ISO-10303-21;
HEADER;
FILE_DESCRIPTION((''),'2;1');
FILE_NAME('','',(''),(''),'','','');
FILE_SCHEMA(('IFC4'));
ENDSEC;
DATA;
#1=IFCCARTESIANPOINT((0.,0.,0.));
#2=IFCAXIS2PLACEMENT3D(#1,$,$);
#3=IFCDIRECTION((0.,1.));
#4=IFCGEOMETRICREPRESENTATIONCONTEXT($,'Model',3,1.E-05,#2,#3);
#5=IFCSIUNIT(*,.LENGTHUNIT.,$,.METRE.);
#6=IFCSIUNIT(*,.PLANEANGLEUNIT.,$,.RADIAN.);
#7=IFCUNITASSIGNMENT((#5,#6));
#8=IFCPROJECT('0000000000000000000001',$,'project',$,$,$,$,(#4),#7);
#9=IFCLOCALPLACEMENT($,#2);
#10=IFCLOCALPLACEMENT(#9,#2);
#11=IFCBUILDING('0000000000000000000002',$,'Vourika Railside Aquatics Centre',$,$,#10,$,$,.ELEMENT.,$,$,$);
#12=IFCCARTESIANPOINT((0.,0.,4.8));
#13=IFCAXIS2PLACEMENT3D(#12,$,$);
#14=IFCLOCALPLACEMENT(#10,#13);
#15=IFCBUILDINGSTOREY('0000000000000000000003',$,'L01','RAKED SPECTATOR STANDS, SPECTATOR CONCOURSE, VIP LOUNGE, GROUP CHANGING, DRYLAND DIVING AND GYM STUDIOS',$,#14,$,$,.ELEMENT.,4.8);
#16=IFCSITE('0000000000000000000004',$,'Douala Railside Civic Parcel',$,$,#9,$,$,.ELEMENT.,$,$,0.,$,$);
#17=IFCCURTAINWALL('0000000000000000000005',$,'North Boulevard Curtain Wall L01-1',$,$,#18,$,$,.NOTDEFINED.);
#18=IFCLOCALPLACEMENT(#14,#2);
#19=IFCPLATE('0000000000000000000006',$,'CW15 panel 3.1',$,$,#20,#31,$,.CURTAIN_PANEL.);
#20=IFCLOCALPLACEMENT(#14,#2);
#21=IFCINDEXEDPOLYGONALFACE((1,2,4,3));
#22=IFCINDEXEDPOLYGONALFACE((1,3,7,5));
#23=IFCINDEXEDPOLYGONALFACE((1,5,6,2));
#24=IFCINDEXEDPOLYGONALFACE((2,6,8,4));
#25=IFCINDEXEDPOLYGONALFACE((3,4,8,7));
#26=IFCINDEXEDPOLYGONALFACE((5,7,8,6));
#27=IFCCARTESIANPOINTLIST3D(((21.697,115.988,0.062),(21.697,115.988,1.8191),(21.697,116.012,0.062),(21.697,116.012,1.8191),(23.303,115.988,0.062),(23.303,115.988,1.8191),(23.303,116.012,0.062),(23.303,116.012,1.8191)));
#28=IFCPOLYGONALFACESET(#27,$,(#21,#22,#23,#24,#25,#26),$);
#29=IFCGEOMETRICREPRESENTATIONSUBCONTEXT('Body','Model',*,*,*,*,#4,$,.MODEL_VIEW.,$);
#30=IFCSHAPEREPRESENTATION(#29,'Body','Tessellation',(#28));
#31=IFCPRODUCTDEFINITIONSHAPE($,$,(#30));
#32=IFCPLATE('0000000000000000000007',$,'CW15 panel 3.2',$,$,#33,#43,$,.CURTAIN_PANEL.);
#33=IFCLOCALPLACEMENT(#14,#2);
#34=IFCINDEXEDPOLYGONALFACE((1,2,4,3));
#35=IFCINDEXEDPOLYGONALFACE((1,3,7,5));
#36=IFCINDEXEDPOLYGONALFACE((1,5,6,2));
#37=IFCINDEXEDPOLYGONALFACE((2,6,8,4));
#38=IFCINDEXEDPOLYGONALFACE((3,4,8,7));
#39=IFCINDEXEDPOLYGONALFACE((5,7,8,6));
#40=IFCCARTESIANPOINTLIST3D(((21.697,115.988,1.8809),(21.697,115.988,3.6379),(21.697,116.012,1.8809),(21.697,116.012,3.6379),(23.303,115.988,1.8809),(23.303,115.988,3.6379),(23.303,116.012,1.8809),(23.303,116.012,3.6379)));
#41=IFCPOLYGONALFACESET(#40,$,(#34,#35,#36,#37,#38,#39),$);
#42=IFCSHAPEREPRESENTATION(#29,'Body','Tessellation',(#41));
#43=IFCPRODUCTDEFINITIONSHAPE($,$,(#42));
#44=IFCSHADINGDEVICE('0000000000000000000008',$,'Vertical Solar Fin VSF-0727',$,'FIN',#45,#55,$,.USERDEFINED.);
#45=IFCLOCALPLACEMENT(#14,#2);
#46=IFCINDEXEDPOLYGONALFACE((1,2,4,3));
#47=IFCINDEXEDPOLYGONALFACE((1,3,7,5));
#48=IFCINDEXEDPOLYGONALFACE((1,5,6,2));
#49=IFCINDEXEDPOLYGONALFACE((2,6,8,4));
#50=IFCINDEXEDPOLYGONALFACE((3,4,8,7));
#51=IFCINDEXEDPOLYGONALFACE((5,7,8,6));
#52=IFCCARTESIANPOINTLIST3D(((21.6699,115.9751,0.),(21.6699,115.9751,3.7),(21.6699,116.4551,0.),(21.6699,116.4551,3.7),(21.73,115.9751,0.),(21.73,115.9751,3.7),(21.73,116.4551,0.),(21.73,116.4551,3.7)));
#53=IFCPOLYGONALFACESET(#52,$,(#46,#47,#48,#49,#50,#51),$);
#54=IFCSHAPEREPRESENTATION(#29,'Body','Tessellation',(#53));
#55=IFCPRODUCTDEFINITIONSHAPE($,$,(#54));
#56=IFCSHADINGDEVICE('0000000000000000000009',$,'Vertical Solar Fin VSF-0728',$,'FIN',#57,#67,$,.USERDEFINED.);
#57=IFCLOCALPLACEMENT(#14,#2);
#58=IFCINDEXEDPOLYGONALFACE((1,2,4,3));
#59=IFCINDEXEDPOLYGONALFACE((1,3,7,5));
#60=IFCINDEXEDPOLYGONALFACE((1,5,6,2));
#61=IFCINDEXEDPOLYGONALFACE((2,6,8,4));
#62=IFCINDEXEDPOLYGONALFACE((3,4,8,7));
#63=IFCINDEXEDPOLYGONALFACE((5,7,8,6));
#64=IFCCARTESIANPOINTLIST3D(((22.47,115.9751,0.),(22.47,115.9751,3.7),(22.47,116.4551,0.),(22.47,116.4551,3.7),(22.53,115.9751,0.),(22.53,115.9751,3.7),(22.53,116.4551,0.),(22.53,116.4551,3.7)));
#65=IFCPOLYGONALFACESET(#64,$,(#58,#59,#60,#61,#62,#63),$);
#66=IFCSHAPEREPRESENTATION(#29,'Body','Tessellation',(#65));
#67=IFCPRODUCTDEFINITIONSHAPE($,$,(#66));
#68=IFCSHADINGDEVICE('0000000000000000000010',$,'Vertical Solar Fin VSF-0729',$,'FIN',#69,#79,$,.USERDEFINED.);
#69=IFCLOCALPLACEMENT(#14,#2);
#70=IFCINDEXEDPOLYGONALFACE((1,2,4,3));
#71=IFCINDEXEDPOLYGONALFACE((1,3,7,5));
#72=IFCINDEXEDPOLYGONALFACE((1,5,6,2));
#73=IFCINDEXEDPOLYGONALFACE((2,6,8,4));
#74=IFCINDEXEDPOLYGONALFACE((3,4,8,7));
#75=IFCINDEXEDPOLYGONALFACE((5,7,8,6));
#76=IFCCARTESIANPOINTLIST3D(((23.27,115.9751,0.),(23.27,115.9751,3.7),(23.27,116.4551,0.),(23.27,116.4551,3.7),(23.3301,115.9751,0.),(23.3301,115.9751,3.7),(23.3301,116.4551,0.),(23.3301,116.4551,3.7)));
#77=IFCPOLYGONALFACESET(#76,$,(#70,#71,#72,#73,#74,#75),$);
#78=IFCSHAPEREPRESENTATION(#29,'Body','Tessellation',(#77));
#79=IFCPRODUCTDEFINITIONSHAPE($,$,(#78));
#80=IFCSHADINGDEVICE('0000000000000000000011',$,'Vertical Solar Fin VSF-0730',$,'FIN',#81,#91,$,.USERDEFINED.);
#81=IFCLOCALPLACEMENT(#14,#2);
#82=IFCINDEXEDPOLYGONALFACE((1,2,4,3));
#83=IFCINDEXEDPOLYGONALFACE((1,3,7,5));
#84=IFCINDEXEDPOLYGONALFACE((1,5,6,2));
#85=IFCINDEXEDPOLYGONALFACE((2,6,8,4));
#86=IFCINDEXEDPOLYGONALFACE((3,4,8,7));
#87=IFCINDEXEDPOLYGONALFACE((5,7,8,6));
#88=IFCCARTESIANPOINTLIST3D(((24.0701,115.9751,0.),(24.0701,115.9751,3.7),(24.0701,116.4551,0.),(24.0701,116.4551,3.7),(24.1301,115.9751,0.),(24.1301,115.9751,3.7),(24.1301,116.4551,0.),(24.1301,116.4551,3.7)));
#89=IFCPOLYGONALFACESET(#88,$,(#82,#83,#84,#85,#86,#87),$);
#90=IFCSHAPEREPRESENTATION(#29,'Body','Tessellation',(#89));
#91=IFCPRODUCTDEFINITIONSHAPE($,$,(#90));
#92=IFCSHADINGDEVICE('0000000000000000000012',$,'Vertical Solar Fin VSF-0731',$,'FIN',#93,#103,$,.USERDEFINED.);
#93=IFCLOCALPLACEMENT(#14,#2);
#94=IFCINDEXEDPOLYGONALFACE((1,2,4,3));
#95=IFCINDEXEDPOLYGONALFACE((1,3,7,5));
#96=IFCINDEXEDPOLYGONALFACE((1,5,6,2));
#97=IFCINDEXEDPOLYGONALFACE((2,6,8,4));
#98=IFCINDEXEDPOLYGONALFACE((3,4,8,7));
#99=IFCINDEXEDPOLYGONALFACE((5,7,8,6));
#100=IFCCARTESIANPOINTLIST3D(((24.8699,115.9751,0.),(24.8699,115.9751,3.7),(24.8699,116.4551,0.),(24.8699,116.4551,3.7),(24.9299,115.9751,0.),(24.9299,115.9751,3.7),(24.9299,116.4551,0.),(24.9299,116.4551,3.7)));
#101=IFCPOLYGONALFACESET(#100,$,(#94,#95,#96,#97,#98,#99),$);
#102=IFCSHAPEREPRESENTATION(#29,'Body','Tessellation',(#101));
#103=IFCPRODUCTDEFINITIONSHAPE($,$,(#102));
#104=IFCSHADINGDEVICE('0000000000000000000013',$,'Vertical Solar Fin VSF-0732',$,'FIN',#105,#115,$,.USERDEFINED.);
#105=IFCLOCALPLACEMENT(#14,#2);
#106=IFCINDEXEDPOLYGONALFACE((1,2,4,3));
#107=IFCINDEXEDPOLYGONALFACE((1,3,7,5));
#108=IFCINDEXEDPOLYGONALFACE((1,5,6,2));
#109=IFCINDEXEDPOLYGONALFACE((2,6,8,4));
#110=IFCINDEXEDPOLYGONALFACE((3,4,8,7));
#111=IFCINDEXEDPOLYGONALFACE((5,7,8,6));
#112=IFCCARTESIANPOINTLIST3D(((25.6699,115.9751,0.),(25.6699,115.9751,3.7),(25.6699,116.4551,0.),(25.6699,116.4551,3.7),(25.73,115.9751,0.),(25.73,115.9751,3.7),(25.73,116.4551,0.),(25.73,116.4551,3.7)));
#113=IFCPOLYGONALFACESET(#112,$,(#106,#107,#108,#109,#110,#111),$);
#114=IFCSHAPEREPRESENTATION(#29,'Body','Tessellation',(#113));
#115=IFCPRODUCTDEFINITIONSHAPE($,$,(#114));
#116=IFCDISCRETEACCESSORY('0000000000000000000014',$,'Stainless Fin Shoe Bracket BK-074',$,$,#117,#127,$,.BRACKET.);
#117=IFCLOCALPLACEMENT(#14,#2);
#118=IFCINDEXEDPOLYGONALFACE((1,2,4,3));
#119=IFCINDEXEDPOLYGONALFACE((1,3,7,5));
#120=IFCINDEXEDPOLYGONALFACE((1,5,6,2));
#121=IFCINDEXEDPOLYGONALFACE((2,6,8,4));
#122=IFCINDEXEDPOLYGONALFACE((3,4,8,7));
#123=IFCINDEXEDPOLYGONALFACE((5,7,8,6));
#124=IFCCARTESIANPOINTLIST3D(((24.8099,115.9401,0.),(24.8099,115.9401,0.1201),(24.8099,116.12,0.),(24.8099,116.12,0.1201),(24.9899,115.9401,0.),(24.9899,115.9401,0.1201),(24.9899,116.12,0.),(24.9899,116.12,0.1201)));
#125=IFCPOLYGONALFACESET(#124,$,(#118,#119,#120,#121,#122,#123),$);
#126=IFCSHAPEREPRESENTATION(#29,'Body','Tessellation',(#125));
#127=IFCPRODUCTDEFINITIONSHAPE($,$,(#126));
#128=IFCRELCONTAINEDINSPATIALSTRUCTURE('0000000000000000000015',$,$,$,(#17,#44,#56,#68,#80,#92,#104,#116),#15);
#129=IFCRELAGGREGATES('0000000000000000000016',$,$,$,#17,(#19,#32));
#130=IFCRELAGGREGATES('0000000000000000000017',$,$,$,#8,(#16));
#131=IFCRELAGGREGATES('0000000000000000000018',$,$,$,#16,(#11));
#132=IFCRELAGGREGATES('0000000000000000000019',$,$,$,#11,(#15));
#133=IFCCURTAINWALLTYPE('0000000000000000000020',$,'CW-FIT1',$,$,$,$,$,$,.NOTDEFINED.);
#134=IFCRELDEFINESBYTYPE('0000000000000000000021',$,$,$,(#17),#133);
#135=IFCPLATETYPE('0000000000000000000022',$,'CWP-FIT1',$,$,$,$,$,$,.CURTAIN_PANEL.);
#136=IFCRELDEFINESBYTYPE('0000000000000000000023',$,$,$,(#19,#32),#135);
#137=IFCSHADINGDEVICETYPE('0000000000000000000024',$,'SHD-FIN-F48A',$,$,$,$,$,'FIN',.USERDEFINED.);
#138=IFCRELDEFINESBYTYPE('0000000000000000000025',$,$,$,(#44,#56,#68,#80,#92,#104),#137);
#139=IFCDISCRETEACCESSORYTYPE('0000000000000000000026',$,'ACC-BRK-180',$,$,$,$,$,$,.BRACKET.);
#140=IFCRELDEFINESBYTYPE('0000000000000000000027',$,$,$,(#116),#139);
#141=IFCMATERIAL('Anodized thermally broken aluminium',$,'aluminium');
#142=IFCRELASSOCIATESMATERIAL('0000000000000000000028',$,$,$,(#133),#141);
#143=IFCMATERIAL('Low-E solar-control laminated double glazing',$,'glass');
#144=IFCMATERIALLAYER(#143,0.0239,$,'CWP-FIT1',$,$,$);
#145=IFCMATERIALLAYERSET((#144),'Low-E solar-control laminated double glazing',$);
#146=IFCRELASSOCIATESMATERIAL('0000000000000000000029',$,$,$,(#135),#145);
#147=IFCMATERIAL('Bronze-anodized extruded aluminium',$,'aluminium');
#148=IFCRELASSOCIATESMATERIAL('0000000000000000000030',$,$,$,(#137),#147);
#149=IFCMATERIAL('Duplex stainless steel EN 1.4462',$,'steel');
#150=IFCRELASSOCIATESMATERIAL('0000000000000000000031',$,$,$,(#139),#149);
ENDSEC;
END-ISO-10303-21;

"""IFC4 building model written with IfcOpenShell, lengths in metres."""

from ifc_helpers import new_model, si_unit, direction, frame, origin, origin_2d, place, context, subcontext, project, spatial, rectangle, extrude, material, layer, layer_set, material_profile, profile_set, type_object, element, aggregate, save


model = new_model("IFC4")

# Units and contexts
model_context = context("Model", 3, precision=1e-05, world=origin(), true_north=direction((0.0, 1.0)))
body_context = subcontext(model_context, "Body", "Model", "MODEL_VIEW")
ifc_project = project(units=[si_unit("LENGTHUNIT", "METRE"), si_unit("PLANEANGLEUNIT", "RADIAN")], contexts=[model_context])

# Site, building, storey
site_placement = place(None, origin())
site = spatial("IfcSite", under=ifc_project, at=site_placement, Name="Douala Railside Civic Parcel", CompositionType="ELEMENT", RefElevation=0.0)
building_placement = place(site_placement, origin())
building = spatial("IfcBuilding", under=site, at=building_placement, Name="Vourika Railside Aquatics Centre", CompositionType="ELEMENT")
storey_placement = place(building_placement, frame((0.0, 0.0, 4.8)))
storey = spatial("IfcBuildingStorey", under=building, at=storey_placement, Name="L01", Description="RAKED SPECTATOR STANDS, SPECTATOR CONCOURSE, VIP LOUNGE, GROUP CHANGING, DRYLAND DIVING AND GYM STUDIOS", CompositionType="ELEMENT", Elevation=4.8)

# Curtain wall, plates
ifc_material_1 = material(Name="Anodized thermally broken aluminium", Category="aluminium")
curtain_wall_type = type_object("IfcCurtainWallType", Name="CW-FIT1", PredefinedType="NOTDEFINED", material=ifc_material_1)
curtain_wall_placement = place(storey_placement, origin())
curtain_wall = element("IfcCurtainWall", 1, at=curtain_wall_placement, inside=storey, type_object=curtain_wall_type, Name="North Boulevard Curtain Wall L01-1", PredefinedType="NOTDEFINED")
ifc_material_2 = material(Name="Low-E solar-control laminated double glazing", Category="glass")
ifc_layer = layer(ifc_material_2, 0.0239, Name="CWP-FIT1")
ifc_layer_set = layer_set([ifc_layer], Name="Low-E solar-control laminated double glazing")
plate_type = type_object("IfcPlateType", Name="CWP-FIT1", PredefinedType="CURTAIN_PANEL", material=ifc_layer_set)
plate_1_placement = place(storey_placement, frame((22.5, 116.0, 0.062), z_axis=(0.0, 0.0, 1.0), x_axis=(-1.0, 0.0, 0.0)))
plate_1 = element("IfcPlate", 2, at=plate_1_placement, type_object=plate_type, Name="CW15 panel 3.1", PredefinedType="CURTAIN_PANEL", context=body_context, shape_type="SweptSolid", body=[
    extrude(rectangle(XDim=1.606, YDim=0.0239, at=origin_2d()), origin(), (0.0, 0.0, 1.0), 1.7571),
])
plate_2_placement = place(storey_placement, frame((22.5, 116.0, 1.8809), z_axis=(0.0, 0.0, 1.0), x_axis=(-1.0, 0.0, 0.0)))
plate_2 = element("IfcPlate", 3, at=plate_2_placement, type_object=plate_type, Name="CW15 panel 3.2", PredefinedType="CURTAIN_PANEL", context=body_context, shape_type="SweptSolid", body=[
    extrude(rectangle(XDim=1.606, YDim=0.0239, at=origin_2d()), origin(), (0.0, 0.0, 1.0), 1.7571),
])
aggregate(curtain_wall, [plate_1, plate_2])

# Shading devices
ifc_material_3 = material(Name="Bronze-anodized extruded aluminium", Category="aluminium")
ifc_material_profile_1 = material_profile(ifc_material_3, rectangle(XDim=0.0601, YDim=0.48, at=origin_2d()), Name="ALU-FIN 60x480")
ifc_profile_set_1 = profile_set([ifc_material_profile_1], Name="Bronze-anodized extruded aluminium")
shading_device_type = type_object("IfcShadingDeviceType", Name="SHD-FIN-F48A", ElementType="FIN", PredefinedType="USERDEFINED", material=ifc_profile_set_1)
for number, where, z_axis, x_axis, name in (
    (4, (21.7, 116.2151, 0.0), (0.0, 0.0, 1.0), (1.0, 0.0, 0.0), "Vertical Solar Fin VSF-0727"),
    (5, (22.5, 116.2151, 0.0), (0.0, 0.0, 1.0), (1.0, 0.0, 0.0), "Vertical Solar Fin VSF-0728"),
    (6, (23.3, 116.2151, 0.0), (0.0, 0.0, 1.0), (1.0, 0.0, 0.0), "Vertical Solar Fin VSF-0729"),
    (7, (24.1001, 116.2151, 0.0), (0.0, 0.0, 1.0), (1.0, 0.0, 0.0), "Vertical Solar Fin VSF-0730"),
    (8, (24.8999, 116.2151, 0.0), (0.0, 0.0, 1.0), (1.0, 0.0, 0.0), "Vertical Solar Fin VSF-0731"),
    (9, (25.7, 116.2151, 0.0), (0.0, 0.0, 1.0), (1.0, 0.0, 0.0), "Vertical Solar Fin VSF-0732"),
):
    element("IfcShadingDevice", number, at=place(storey_placement, frame(where, z_axis=z_axis, x_axis=x_axis)), inside=storey, type_object=shading_device_type, Name=name, ObjectType="FIN", PredefinedType="USERDEFINED", context=body_context, shape_type="SweptSolid", body=[
        extrude(rectangle(XDim=0.0601, YDim=0.48, at=origin_2d()), origin(), (0.0, 0.0, 1.0), 3.7),
    ])

# Discrete accessory
ifc_material_4 = material(Name="Duplex stainless steel EN 1.4462", Category="steel")
discrete_accessory_type = type_object("IfcDiscreteAccessoryType", Name="ACC-BRK-180", PredefinedType="BRACKET", material=ifc_material_4)
discrete_accessory_placement = place(storey_placement, frame((24.8999, 116.03, 0.0), z_axis=(0.0, 0.0, 1.0), x_axis=(0.0, 1.0, 0.0)))
element("IfcDiscreteAccessory", 10, at=discrete_accessory_placement, inside=storey, type_object=discrete_accessory_type, Name="Stainless Fin Shoe Bracket BK-074", PredefinedType="BRACKET", context=body_context, shape_type="SweptSolid", body=[
    extrude(rectangle(XDim=0.1799, YDim=0.1799, at=origin_2d()), origin(), (0.0, 0.0, 1.0), 0.1201),
])

save(model, "model.ifc")
